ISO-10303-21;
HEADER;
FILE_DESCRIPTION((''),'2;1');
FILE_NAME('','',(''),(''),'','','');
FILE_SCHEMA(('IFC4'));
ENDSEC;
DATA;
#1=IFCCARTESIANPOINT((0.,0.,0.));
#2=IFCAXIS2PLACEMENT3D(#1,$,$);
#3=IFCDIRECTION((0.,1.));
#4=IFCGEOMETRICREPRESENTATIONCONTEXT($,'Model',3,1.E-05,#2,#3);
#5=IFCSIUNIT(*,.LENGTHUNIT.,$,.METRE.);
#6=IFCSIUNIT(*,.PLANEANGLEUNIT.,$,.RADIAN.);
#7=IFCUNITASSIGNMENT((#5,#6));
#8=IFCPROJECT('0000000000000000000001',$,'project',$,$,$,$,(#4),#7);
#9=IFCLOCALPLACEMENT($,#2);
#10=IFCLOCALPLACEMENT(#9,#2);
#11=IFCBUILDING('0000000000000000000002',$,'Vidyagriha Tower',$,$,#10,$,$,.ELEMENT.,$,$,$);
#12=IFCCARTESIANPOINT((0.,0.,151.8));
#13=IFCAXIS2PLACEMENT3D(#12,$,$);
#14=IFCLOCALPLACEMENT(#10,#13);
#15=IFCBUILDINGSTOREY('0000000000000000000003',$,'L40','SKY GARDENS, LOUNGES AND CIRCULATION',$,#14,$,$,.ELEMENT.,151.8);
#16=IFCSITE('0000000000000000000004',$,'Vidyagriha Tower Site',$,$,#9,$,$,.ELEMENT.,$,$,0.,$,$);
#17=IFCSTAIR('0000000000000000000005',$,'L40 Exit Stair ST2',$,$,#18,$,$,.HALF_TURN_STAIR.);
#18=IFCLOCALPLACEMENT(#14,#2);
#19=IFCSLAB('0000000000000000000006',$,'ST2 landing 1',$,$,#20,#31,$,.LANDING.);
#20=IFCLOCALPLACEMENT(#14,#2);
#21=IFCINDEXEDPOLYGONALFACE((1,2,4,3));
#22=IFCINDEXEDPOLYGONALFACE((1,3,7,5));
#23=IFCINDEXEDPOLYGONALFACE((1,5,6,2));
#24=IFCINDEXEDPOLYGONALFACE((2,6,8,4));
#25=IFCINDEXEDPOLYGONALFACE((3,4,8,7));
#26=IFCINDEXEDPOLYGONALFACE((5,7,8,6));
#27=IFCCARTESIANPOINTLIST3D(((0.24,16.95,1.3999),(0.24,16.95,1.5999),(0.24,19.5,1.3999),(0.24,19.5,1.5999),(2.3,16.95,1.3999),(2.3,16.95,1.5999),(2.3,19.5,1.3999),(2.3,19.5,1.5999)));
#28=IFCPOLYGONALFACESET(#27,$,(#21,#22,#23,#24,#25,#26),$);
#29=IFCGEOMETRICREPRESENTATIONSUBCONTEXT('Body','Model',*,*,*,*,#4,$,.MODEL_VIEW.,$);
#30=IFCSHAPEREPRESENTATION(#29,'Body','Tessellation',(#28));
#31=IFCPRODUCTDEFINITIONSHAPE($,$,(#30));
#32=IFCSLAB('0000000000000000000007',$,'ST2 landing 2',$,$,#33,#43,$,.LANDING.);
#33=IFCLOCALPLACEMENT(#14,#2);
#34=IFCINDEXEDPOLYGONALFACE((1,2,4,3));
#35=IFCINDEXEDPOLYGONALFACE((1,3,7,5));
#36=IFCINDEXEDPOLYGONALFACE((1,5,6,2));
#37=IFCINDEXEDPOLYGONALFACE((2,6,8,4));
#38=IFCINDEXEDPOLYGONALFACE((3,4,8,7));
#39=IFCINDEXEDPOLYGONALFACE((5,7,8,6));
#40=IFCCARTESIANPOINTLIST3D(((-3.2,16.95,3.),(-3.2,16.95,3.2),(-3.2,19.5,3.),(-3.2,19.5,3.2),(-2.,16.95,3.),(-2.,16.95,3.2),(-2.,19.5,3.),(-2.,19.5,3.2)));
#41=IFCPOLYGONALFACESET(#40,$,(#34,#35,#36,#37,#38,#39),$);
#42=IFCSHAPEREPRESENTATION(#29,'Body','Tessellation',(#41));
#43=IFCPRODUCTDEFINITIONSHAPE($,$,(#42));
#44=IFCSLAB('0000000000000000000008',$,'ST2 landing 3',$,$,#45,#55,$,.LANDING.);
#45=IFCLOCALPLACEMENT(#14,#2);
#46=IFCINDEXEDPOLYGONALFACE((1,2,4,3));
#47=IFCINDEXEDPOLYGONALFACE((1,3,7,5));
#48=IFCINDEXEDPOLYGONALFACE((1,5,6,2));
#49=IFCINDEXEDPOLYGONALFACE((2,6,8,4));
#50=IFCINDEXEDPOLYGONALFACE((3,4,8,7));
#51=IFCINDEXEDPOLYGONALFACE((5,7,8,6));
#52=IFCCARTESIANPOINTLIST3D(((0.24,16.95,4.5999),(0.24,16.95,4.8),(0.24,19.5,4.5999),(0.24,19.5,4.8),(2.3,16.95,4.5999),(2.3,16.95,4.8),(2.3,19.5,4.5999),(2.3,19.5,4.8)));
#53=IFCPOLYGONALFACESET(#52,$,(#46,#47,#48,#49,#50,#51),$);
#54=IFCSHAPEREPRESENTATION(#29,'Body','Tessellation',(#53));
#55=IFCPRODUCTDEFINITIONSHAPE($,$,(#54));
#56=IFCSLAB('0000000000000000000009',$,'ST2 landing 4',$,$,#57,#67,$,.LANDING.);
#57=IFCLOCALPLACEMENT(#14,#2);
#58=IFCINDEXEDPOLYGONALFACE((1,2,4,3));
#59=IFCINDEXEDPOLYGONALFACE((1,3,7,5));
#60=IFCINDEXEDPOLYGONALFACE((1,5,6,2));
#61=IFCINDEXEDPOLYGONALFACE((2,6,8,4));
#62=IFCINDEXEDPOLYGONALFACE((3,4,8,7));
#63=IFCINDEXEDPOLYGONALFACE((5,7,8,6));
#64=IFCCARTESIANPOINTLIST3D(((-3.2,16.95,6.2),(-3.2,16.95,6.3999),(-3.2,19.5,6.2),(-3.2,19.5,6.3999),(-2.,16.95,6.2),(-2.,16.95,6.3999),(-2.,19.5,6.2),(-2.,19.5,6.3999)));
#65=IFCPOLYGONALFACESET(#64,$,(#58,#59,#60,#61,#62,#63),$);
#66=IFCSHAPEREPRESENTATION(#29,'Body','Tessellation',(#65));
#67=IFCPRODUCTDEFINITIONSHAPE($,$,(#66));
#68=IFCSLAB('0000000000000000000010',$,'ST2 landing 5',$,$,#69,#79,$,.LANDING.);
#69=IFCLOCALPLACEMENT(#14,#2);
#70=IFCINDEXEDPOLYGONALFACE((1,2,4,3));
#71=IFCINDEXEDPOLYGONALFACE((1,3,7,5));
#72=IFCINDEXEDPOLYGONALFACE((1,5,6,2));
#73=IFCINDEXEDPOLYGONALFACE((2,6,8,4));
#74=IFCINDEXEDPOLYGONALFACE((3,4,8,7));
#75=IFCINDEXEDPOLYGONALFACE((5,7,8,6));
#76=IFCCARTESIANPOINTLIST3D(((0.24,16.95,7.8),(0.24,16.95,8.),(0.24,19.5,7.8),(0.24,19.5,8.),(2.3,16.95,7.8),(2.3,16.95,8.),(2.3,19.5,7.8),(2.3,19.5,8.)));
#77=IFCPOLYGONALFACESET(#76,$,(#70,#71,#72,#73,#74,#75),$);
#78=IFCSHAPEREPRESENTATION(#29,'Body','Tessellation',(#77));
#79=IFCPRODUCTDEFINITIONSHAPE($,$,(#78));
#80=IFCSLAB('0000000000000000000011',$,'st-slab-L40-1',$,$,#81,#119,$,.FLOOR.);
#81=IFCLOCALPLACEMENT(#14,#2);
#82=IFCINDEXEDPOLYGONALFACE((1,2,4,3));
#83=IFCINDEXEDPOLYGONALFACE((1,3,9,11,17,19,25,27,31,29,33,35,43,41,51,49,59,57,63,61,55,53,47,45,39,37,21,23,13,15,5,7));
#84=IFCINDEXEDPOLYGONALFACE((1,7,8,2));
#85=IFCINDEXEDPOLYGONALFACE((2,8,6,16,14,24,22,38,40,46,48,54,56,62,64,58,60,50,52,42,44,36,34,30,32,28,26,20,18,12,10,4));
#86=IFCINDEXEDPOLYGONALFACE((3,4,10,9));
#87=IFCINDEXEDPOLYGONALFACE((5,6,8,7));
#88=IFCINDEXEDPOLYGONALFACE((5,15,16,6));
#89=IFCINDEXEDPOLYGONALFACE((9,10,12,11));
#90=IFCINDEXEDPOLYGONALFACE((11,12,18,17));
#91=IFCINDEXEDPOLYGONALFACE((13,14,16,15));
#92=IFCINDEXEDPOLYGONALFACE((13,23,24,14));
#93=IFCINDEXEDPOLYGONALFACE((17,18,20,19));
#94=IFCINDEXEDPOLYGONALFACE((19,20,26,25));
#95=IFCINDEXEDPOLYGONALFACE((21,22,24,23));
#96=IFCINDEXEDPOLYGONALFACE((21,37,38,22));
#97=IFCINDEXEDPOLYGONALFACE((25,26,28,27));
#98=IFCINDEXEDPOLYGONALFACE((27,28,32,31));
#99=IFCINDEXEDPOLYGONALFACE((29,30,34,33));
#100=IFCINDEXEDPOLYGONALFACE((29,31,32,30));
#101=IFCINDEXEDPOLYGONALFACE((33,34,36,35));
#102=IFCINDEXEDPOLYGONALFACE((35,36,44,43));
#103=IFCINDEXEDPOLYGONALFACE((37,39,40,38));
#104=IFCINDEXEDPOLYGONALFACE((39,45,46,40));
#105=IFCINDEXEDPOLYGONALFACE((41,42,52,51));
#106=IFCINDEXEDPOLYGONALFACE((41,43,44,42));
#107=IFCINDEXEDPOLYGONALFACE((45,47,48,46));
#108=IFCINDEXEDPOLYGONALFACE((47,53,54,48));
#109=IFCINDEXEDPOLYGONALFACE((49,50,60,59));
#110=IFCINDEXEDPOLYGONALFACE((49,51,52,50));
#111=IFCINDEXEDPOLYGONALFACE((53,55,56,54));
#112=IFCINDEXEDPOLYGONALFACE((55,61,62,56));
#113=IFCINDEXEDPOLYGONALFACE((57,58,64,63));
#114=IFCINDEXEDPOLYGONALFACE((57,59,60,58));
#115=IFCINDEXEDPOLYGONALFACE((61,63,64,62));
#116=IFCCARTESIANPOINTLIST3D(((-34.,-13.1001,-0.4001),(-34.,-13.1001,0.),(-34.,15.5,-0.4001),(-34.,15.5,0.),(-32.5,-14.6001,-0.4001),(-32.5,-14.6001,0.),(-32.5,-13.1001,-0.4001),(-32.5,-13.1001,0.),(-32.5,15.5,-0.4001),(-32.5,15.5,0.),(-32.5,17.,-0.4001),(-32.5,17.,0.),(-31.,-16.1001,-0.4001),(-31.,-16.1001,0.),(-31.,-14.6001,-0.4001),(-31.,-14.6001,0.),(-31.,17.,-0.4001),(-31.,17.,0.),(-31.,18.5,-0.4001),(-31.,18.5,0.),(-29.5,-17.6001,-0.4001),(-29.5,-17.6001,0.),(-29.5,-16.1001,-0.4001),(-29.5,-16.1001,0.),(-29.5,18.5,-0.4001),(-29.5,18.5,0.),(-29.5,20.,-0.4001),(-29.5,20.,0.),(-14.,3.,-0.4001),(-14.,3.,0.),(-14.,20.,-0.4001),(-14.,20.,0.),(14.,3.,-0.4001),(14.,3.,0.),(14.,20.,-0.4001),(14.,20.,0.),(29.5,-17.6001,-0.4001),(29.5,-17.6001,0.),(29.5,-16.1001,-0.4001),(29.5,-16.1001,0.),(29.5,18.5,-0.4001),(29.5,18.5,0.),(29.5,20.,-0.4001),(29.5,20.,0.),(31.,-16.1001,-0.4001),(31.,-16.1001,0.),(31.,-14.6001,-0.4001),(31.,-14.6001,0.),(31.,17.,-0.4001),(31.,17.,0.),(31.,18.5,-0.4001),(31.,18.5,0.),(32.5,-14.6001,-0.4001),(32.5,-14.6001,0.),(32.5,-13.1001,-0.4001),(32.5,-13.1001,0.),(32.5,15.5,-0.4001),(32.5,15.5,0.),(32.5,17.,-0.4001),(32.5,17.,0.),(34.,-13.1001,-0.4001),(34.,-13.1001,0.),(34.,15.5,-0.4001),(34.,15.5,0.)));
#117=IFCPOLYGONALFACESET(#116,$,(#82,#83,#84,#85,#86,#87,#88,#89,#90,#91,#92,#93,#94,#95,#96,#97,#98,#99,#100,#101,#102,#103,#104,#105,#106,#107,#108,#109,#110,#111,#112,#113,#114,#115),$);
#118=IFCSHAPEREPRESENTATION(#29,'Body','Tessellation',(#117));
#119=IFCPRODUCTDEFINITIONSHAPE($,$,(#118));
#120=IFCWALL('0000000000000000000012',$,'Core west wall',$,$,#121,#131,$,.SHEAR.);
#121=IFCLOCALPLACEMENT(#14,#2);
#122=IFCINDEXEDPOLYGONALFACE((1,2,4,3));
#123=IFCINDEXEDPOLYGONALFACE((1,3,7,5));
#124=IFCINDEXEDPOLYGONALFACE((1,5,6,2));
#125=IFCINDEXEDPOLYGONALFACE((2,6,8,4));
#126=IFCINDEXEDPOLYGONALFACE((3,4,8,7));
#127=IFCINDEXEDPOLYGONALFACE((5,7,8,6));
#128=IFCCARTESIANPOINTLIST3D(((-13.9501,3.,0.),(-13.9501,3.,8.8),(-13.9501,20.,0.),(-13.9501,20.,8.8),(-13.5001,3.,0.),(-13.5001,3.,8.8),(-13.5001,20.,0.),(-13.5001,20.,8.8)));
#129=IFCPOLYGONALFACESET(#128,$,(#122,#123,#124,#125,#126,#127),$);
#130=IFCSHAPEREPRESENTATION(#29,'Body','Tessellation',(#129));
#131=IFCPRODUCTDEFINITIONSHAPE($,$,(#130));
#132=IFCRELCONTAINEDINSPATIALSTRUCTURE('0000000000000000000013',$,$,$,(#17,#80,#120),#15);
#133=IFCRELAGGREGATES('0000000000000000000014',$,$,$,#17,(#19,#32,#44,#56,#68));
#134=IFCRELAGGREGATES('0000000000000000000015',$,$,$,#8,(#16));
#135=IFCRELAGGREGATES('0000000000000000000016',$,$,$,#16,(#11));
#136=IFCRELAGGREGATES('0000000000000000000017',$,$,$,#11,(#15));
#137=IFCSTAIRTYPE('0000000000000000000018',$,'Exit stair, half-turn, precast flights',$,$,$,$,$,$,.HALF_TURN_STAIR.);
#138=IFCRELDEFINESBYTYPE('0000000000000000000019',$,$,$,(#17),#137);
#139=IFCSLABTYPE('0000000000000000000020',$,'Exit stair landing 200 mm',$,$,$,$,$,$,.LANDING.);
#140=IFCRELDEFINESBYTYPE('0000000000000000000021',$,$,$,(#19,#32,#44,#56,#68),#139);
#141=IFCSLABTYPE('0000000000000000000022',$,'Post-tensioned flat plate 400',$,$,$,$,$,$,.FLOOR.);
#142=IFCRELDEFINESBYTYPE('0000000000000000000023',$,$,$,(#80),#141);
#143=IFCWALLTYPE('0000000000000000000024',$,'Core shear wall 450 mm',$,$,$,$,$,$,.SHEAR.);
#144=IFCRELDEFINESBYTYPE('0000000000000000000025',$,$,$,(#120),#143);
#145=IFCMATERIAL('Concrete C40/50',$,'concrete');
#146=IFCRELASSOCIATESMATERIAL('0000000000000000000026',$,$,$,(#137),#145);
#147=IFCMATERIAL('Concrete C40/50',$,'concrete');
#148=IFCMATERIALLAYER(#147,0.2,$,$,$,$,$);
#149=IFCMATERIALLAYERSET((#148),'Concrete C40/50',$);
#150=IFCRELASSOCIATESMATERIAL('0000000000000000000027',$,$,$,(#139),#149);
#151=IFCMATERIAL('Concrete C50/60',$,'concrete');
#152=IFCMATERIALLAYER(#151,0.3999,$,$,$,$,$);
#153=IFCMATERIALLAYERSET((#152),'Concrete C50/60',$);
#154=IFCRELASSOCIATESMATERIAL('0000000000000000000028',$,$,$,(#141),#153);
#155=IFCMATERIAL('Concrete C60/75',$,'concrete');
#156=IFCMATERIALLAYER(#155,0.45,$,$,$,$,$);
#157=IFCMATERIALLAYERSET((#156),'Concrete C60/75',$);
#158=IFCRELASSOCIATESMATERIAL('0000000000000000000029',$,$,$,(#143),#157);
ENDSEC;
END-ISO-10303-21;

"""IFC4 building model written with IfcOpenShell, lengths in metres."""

from ifc_helpers import new_model, si_unit, direction, frame, frame_2d, origin, place, context, subcontext, project, spatial, polyline, rectangle, outline, extrude, material, layer, layer_set, type_object, element, aggregate, save


model = new_model("IFC4")

# Units and contexts
model_context = context("Model", 3, precision=1e-05, world=origin(), true_north=direction((0.0, 1.0)))
body_context = subcontext(model_context, "Body", "Model", "MODEL_VIEW")
ifc_project = project(units=[si_unit("LENGTHUNIT", "METRE"), si_unit("PLANEANGLEUNIT", "RADIAN")], contexts=[model_context])

# Site, building, storey
site_placement = place(None, origin())
site = spatial("IfcSite", under=ifc_project, at=site_placement, Name="Vidyagriha Tower Site", CompositionType="ELEMENT", RefElevation=0.0)
building_placement = place(site_placement, origin())
building = spatial("IfcBuilding", under=site, at=building_placement, Name="Vidyagriha Tower", CompositionType="ELEMENT")
storey_placement = place(building_placement, frame((0.0, 0.0, 151.8)))
storey = spatial("IfcBuildingStorey", under=building, at=storey_placement, Name="L40", Description="SKY GARDENS, LOUNGES AND CIRCULATION", CompositionType="ELEMENT", Elevation=151.8)

# Stair, slabs
ifc_material_1 = material(Name="Concrete C40/50", Category="concrete")
stair_type = type_object("IfcStairType", Name="Exit stair, half-turn, precast flights", PredefinedType="HALF_TURN_STAIR", material=ifc_material_1)
ifc_material_2 = material(Name="Concrete C40/50", Category="concrete")
ifc_layer_1 = layer(ifc_material_2, 0.2)
ifc_layer_set_1 = layer_set([ifc_layer_1], Name="Concrete C40/50")
slab_type_1 = type_object("IfcSlabType", Name="Exit stair landing 200 mm", PredefinedType="LANDING", material=ifc_layer_set_1)
stair_1_placement = place(storey_placement, origin())
stair_1 = element("IfcStair", 1, at=stair_1_placement, inside=storey, type_object=stair_type, Name="L40 Exit Stair ST2", PredefinedType="HALF_TURN_STAIR")
slab_1_placement = place(storey_placement, frame((0.0, 0.0, 1.3999)))
slab_1 = element("IfcSlab", 2, at=slab_1_placement, type_object=slab_type_1, Name="ST2 landing 1", PredefinedType="LANDING", context=body_context, shape_type="SweptSolid", body=[
    extrude(outline(polyline([(0.24, 16.95), (2.3, 16.95), (2.3, 19.5), (0.24, 19.5), (0.24, 16.95)])), origin(), (0.0, 0.0, 1.0), 0.2),
])
slab_2_placement = place(storey_placement, frame((0.0, 0.0, 3.0)))
slab_2 = element("IfcSlab", 3, at=slab_2_placement, type_object=slab_type_1, Name="ST2 landing 2", PredefinedType="LANDING", context=body_context, shape_type="SweptSolid", body=[
    extrude(outline(polyline([(-3.2, 16.95), (-2.0, 16.95), (-2.0, 19.5), (-3.2, 19.5), (-3.2, 16.95)])), origin(), (0.0, 0.0, 1.0), 0.2),
])
slab_3_placement = place(storey_placement, frame((0.0, 0.0, 4.5999)))
slab_3 = element("IfcSlab", 4, at=slab_3_placement, type_object=slab_type_1, Name="ST2 landing 3", PredefinedType="LANDING", context=body_context, shape_type="SweptSolid", body=[
    extrude(outline(polyline([(0.24, 16.95), (2.3, 16.95), (2.3, 19.5), (0.24, 19.5), (0.24, 16.95)])), origin(), (0.0, 0.0, 1.0), 0.2002),
])
slab_4_placement = place(storey_placement, frame((0.0, 0.0, 6.2)))
slab_4 = element("IfcSlab", 5, at=slab_4_placement, type_object=slab_type_1, Name="ST2 landing 4", PredefinedType="LANDING", context=body_context, shape_type="SweptSolid", body=[
    extrude(outline(polyline([(-3.2, 16.95), (-2.0, 16.95), (-2.0, 19.5), (-3.2, 19.5), (-3.2, 16.95)])), origin(), (0.0, 0.0, 1.0), 0.2),
])
slab_5_placement = place(storey_placement, frame((0.0, 0.0, 7.8)))
slab_5 = element("IfcSlab", 6, at=slab_5_placement, type_object=slab_type_1, Name="ST2 landing 5", PredefinedType="LANDING", context=body_context, shape_type="SweptSolid", body=[
    extrude(outline(polyline([(0.24, 16.95), (2.3, 16.95), (2.3, 19.5), (0.24, 19.5), (0.24, 16.95)])), origin(), (0.0, 0.0, 1.0), 0.2),
])
aggregate(stair_1, [slab_1, slab_2, slab_3, slab_4, slab_5])

# Slab
ifc_material_3 = material(Name="Concrete C50/60", Category="concrete")
ifc_layer_2 = layer(ifc_material_3, 0.3999)
ifc_layer_set_2 = layer_set([ifc_layer_2], Name="Concrete C50/60")
slab_type_2 = type_object("IfcSlabType", Name="Post-tensioned flat plate 400", PredefinedType="FLOOR", material=ifc_layer_set_2)
slab_6_placement = place(storey_placement, frame((0.0, 0.0, -0.4001)))
element("IfcSlab", 7, at=slab_6_placement, inside=storey, type_object=slab_type_2, Name="st-slab-L40-1", PredefinedType="FLOOR", context=body_context, shape_type="SweptSolid", body=[
    extrude(outline(polyline([(32.5, -13.1001), (32.5, -14.6001), (31.0, -14.6001), (31.0, -16.1001), (29.5, -16.1001), (29.5, -17.6001), (-29.5, -17.6001), (-29.5, -16.1001), (-31.0, -16.1001), (-31.0, -14.6001), (-32.5, -14.6001), (-32.5, -13.1001), (-34.0, -13.1001), (-34.0, 15.5), (-32.5, 15.5), (-32.5, 17.0), (-31.0, 17.0), (-31.0, 18.5), (-29.5, 18.5), (-29.5, 20.0), (-14.0, 20.0), (-14.0, 3.0), (14.0, 3.0), (14.0, 20.0), (29.5, 20.0), (29.5, 18.5), (31.0, 18.5), (31.0, 17.0), (32.5, 17.0), (32.5, 15.5), (34.0, 15.5), (34.0, -13.1001), (32.5, -13.1001)])), origin(), (0.0, 0.0, 1.0), 0.4001),
])

# Wall
ifc_material_4 = material(Name="Concrete C60/75", Category="concrete")
ifc_layer_3 = layer(ifc_material_4, 0.45)
ifc_layer_set_3 = layer_set([ifc_layer_3], Name="Concrete C60/75")
wall_type_1 = type_object("IfcWallType", Name="Core shear wall 450 mm", PredefinedType="SHEAR", material=ifc_layer_set_3)
wall_1_placement = place(storey_placement, frame((-13.7251, 3.0, 0.0), z_axis=(0.0, 0.0, 1.0), x_axis=(0.0, 1.0, 0.0)))
element("IfcWall", 8, at=wall_1_placement, inside=storey, type_object=wall_type_1, Name="Core west wall", PredefinedType="SHEAR", context=body_context, shape_type="SweptSolid", body=[
    extrude(rectangle(XDim=17.0, YDim=0.45, at=frame_2d((8.5, 0.0))), origin(), (0.0, 0.0, 1.0), 8.8),
])

save(model, "model.ifc")
